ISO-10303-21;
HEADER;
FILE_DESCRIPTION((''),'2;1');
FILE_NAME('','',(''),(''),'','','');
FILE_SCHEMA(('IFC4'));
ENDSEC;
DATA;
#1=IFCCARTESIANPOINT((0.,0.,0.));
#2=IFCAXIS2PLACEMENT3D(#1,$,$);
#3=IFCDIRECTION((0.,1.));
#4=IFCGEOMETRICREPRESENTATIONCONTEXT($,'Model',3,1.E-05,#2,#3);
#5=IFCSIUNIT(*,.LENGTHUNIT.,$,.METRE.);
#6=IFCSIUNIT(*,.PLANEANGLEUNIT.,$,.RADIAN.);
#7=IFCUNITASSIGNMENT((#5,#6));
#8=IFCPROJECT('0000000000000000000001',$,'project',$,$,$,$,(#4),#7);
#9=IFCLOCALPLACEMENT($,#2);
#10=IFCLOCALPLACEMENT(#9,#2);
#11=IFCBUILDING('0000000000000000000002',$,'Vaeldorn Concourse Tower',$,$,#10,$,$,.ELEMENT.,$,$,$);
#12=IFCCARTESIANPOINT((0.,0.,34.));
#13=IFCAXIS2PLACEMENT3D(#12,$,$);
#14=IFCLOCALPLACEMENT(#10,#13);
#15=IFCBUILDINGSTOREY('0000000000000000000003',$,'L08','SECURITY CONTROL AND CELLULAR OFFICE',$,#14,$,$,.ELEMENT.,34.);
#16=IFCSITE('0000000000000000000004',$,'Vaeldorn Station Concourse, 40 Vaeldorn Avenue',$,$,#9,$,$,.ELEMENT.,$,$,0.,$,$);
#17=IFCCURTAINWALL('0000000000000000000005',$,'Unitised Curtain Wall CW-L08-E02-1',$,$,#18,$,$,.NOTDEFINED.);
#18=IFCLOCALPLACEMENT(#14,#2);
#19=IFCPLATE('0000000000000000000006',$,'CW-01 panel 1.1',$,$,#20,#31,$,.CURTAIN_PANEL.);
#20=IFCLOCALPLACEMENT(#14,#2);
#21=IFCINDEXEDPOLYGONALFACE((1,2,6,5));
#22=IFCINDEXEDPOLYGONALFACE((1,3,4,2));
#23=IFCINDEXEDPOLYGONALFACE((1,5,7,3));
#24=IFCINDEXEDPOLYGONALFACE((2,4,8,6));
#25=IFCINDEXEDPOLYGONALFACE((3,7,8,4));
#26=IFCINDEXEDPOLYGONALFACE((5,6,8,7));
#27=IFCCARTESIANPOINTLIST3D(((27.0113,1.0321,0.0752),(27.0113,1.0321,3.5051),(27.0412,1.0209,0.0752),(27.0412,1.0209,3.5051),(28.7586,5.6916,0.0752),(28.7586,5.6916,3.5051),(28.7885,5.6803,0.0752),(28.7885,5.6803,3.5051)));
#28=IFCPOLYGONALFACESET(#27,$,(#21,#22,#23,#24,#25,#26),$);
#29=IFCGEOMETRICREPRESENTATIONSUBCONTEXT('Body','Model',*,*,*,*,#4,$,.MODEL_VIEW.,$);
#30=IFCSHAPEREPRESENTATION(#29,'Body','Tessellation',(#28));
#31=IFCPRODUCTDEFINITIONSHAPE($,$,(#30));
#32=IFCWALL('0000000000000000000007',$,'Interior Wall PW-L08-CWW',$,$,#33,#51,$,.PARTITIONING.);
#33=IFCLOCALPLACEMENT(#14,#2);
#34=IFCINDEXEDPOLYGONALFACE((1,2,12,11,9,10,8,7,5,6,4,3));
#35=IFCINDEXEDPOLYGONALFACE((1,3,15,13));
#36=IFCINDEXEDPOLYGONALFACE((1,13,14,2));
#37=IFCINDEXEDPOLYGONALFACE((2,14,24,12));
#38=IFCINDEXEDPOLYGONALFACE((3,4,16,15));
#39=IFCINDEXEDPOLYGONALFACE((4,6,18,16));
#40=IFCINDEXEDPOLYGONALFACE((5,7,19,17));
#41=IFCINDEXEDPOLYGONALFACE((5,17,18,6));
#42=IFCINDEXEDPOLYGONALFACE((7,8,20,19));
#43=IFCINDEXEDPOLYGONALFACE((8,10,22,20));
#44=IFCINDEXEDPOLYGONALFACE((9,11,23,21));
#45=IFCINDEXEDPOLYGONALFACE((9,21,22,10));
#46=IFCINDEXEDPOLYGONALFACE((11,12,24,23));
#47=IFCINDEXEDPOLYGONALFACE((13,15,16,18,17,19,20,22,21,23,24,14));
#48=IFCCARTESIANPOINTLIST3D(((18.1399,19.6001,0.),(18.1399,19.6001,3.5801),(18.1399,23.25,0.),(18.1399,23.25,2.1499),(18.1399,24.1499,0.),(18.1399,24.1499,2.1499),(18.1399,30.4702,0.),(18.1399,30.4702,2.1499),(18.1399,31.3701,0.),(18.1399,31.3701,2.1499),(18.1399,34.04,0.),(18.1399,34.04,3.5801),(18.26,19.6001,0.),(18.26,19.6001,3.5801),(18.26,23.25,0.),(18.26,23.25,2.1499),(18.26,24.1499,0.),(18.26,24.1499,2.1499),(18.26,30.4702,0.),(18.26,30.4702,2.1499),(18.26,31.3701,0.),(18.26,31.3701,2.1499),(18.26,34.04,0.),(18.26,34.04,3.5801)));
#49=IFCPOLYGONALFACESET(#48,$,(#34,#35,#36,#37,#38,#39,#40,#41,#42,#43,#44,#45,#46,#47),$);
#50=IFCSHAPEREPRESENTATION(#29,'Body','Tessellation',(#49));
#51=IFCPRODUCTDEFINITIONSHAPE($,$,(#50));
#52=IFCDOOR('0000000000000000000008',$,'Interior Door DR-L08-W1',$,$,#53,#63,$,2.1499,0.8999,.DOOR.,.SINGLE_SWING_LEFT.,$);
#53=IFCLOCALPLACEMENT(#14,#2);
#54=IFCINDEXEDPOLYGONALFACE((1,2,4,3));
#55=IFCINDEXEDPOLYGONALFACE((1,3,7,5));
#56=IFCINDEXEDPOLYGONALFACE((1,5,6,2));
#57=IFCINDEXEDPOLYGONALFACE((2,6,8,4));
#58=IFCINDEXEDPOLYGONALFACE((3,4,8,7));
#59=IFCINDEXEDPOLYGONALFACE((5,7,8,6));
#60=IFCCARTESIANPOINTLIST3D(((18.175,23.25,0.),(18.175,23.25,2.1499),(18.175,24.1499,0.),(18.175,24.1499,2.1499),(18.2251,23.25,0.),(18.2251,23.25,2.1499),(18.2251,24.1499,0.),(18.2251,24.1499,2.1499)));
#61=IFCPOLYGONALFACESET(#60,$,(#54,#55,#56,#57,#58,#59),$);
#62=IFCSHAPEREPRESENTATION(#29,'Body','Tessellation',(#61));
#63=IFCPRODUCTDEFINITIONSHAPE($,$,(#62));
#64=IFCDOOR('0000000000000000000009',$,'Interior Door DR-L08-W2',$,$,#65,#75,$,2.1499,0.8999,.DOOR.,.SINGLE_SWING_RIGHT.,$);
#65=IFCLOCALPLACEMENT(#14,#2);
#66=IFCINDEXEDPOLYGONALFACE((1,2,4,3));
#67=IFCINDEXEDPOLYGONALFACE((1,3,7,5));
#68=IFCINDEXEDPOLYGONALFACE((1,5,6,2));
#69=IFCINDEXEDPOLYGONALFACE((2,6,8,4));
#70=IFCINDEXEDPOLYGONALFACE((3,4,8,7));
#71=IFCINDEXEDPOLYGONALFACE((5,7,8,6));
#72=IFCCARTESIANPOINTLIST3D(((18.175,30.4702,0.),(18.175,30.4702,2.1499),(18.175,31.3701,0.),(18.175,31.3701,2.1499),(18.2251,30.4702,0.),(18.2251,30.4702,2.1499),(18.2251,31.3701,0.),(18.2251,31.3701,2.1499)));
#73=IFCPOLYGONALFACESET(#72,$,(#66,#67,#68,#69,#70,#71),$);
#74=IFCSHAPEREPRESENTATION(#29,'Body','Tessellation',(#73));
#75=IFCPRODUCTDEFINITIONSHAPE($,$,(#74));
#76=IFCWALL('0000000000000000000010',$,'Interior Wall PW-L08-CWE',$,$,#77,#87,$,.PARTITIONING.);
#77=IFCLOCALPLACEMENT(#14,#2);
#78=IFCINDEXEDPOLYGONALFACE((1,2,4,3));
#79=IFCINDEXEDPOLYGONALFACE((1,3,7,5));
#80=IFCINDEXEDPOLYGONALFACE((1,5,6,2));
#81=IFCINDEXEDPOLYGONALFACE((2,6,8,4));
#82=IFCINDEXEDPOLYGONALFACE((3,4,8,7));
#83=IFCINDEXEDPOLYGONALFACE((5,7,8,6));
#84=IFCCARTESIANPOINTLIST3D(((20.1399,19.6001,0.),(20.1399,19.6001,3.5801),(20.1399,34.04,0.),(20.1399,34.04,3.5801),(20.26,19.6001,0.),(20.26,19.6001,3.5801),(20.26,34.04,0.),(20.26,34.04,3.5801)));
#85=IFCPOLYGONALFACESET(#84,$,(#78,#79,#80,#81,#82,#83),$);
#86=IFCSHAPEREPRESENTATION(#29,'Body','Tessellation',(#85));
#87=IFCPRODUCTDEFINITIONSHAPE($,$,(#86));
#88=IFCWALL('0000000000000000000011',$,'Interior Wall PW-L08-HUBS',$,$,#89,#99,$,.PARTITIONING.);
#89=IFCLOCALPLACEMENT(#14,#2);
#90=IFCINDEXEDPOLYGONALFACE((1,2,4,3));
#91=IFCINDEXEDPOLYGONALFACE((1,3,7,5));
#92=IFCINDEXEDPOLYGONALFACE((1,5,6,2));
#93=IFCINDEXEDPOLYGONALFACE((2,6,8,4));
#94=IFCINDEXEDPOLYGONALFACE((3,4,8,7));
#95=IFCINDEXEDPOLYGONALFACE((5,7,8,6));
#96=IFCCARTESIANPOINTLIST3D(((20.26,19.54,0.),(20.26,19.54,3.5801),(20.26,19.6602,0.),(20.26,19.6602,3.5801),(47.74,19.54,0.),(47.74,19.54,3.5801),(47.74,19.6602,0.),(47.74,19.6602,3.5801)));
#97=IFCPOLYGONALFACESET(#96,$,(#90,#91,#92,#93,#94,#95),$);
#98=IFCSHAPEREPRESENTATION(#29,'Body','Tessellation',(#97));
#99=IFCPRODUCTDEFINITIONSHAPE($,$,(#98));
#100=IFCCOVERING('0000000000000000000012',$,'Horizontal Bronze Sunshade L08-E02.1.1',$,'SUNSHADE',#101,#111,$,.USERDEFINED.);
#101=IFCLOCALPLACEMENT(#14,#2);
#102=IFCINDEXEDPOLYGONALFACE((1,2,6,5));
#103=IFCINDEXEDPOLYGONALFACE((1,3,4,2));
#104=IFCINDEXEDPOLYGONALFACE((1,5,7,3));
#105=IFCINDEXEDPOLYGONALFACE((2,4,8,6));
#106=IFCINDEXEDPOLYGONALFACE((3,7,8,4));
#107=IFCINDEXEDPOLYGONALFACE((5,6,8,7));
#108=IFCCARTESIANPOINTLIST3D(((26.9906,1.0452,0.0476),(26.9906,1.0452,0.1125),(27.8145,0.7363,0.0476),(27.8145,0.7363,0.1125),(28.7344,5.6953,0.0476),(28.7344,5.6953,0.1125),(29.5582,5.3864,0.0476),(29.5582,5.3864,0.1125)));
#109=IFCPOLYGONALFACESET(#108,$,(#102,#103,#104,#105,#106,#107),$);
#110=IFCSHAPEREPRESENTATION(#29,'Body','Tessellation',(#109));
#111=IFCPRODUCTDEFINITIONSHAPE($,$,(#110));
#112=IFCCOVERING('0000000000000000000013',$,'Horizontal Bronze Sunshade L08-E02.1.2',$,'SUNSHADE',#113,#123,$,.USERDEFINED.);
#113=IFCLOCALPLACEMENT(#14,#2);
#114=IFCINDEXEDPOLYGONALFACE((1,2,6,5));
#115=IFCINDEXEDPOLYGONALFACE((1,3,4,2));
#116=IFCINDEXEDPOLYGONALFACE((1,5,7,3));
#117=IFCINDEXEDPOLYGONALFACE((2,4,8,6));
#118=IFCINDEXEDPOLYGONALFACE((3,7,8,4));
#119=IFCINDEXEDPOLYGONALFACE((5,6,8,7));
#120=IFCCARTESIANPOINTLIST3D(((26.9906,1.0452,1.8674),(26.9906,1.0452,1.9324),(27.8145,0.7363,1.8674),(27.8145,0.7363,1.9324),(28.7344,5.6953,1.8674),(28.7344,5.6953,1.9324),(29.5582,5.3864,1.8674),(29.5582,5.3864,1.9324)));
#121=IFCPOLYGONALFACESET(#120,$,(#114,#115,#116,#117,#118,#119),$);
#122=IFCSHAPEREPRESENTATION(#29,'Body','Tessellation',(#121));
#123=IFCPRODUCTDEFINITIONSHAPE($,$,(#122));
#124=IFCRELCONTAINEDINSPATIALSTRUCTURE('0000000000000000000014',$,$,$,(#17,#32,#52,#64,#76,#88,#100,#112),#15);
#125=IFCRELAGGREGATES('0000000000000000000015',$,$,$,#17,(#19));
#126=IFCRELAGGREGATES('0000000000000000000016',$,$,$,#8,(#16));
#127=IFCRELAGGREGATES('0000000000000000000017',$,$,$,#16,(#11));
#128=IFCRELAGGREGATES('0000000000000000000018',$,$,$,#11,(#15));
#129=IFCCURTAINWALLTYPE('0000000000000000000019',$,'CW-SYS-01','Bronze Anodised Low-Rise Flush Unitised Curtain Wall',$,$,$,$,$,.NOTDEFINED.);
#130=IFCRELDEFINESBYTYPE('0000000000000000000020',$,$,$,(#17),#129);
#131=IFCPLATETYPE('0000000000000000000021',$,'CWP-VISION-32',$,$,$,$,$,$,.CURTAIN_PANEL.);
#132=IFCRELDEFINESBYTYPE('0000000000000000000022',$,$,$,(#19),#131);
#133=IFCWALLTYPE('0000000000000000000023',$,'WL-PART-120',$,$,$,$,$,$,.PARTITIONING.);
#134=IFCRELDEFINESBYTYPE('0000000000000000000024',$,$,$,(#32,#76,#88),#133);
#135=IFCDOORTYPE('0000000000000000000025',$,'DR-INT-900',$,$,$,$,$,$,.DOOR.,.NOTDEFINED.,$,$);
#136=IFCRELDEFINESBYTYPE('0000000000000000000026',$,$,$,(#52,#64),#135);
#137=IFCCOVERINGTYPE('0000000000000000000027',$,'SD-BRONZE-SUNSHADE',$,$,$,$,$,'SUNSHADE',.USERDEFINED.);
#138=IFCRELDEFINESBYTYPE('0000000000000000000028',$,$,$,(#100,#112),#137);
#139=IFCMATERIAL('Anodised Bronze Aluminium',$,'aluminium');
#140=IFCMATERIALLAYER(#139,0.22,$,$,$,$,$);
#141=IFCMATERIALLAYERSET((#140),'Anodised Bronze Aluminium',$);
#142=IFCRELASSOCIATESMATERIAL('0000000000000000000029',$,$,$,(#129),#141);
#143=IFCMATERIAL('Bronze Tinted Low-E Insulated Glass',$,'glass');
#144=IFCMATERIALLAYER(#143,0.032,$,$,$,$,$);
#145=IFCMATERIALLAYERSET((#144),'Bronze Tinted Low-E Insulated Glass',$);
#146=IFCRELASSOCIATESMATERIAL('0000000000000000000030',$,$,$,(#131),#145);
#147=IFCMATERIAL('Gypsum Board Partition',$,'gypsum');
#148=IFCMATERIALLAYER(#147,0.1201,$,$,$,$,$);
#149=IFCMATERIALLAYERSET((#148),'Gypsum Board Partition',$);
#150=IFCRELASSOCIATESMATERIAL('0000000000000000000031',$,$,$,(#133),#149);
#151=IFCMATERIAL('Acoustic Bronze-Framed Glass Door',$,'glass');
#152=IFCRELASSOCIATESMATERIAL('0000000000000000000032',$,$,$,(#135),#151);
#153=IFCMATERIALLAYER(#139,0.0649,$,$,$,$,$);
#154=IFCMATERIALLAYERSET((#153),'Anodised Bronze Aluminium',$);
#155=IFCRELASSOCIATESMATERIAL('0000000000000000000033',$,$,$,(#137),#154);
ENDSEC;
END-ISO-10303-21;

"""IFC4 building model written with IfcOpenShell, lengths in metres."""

from ifc_helpers import new_model, si_unit, direction, frame, frame_2d, origin, origin_2d, place, context, subcontext, project, spatial, rectangle, extrude, source, transform, mapped, material, layer, layer_set, type_object, element, fill, aggregate, save


model = new_model("IFC4")

# Units and contexts
model_context = context("Model", 3, precision=1e-05, world=origin(), true_north=direction((0.0, 1.0)))
body_context = subcontext(model_context, "Body", "Model", "MODEL_VIEW")
ifc_project = project(units=[si_unit("LENGTHUNIT", "METRE"), si_unit("PLANEANGLEUNIT", "RADIAN")], contexts=[model_context])

# Site, building, storey
site_placement = place(None, origin())
site = spatial("IfcSite", under=ifc_project, at=site_placement, Name="Vaeldorn Station Concourse, 40 Vaeldorn Avenue", CompositionType="ELEMENT", RefElevation=0.0)
building_placement = place(site_placement, origin())
building = spatial("IfcBuilding", under=site, at=building_placement, Name="Vaeldorn Concourse Tower", CompositionType="ELEMENT")
storey_placement = place(building_placement, frame((0.0, 0.0, 34.0)))
storey = spatial("IfcBuildingStorey", under=building, at=storey_placement, Name="L08", Description="SECURITY CONTROL AND CELLULAR OFFICE", CompositionType="ELEMENT", Elevation=34.0)

# Shared definitions
ifc_material_1 = material(Name="Anodised Bronze Aluminium", Category="aluminium")
ifc_layer_1 = layer(ifc_material_1, 0.22)
ifc_layer_set_1 = layer_set([ifc_layer_1], Name="Anodised Bronze Aluminium")
curtain_wall_type = type_object("IfcCurtainWallType", Name="CW-SYS-01", Description="Bronze Anodised Low-Rise Flush Unitised Curtain Wall", PredefinedType="NOTDEFINED", material=ifc_layer_set_1)

# Curtain wall
curtain_wall_1_placement = place(storey_placement, origin())
curtain_wall_1 = element("IfcCurtainWall", 1, at=curtain_wall_1_placement, inside=storey, type_object=curtain_wall_type, Name="Unitised Curtain Wall CW-L08-E02-1", PredefinedType="NOTDEFINED")

# Plate
ifc_material_2 = material(Name="Bronze Tinted Low-E Insulated Glass", Category="glass")
ifc_layer_2 = layer(ifc_material_2, 0.032)
ifc_layer_set_2 = layer_set([ifc_layer_2], Name="Bronze Tinted Low-E Insulated Glass")
plate_type = type_object("IfcPlateType", Name="CWP-VISION-32", PredefinedType="CURTAIN_PANEL", material=ifc_layer_set_2)
shared_shape_1 = source(origin(), body_context, "Body", "SweptSolid", [
    extrude(rectangle(XDim=4.9763, YDim=0.032, at=origin_2d()), origin(), (0.0, 0.0, 1.0), 3.4299),
])
plate_placement = place(storey_placement, frame((27.8999, 3.3562, 0.0752), z_axis=(0.0, 0.0, 1.0), x_axis=(0.351123, 0.936329, 0.0)))
plate = element("IfcPlate", 2, at=plate_placement, type_object=plate_type, Name="CW-01 panel 1.1", PredefinedType="CURTAIN_PANEL", context=body_context, shape_type="MappedRepresentation", body=[
    mapped(shared_shape_1, transform((0.0, 0.0, 0.0), scale=1.0)),
])
aggregate(curtain_wall_1, [plate])

# Wall, openings, doors
ifc_material_3 = material(Name="Gypsum Board Partition", Category="gypsum")
ifc_layer_3 = layer(ifc_material_3, 0.1201)
ifc_layer_set_3 = layer_set([ifc_layer_3], Name="Gypsum Board Partition")
wall_type = type_object("IfcWallType", Name="WL-PART-120", PredefinedType="PARTITIONING", material=ifc_layer_set_3)
wall_1_placement = place(storey_placement, frame((18.2, 19.6001, 0.0), z_axis=(0.0, 0.0, 1.0), x_axis=(0.0, 1.0, 0.0)))
wall_1 = element("IfcWall", 3, at=wall_1_placement, inside=storey, type_object=wall_type, Name="Interior Wall PW-L08-CWW", PredefinedType="PARTITIONING", context=body_context, shape_type="SweptSolid", body=[
    extrude(rectangle(XDim=14.4399, YDim=0.1201, at=frame_2d((7.22, 0.0))), origin(), (0.0, 0.0, 1.0), 3.5801),
])
opening_1_placement = place(wall_1_placement, frame((3.6499, 0.0, 0.0)))
opening_1 = element("IfcOpeningElement", 4, at=opening_1_placement, cuts=wall_1, PredefinedType="OPENING", context=body_context, shape_type="SweptSolid", body=[
    extrude(rectangle(XDim=0.8999, YDim=2.1499, at=frame_2d((0.45, 1.075))), frame((0.0, 0.0701, 0.0), z_axis=(0.0, -1.0, 0.0), x_axis=(1.0, 0.0, 0.0)), (0.0, 0.0, 1.0), 0.1401),
])
opening_2_placement = place(wall_1_placement, frame((10.8701, 0.0, 0.0)))
opening_2 = element("IfcOpeningElement", 5, at=opening_2_placement, cuts=wall_1, PredefinedType="OPENING", context=body_context, shape_type="SweptSolid", body=[
    extrude(rectangle(XDim=0.8999, YDim=2.1499, at=frame_2d((0.45, 1.075))), frame((0.0, 0.0701, 0.0), z_axis=(0.0, -1.0, 0.0), x_axis=(1.0, 0.0, 0.0)), (0.0, 0.0, 1.0), 0.1401),
])
ifc_material_4 = material(Name="Acoustic Bronze-Framed Glass Door", Category="glass")
door_type = type_object("IfcDoorType", Name="DR-INT-900", OperationType="NOTDEFINED", PredefinedType="DOOR", material=ifc_material_4)
shared_shape_2 = source(origin(), body_context, "Body", "SweptSolid", [
    extrude(rectangle(XDim=0.8999, YDim=2.1499, at=frame_2d((0.45, 1.075))), frame((0.0, 0.0249, 0.0), z_axis=(0.0, -1.0, 0.0), x_axis=(1.0, 0.0, 0.0)), (0.0, 0.0, 1.0), 0.05),
])
door_1_placement = place(opening_1_placement, origin())
door_1 = element("IfcDoor", 6, at=door_1_placement, inside=storey, type_object=door_type, Name="Interior Door DR-L08-W1", OperationType="SINGLE_SWING_LEFT", OverallHeight=2.1499, OverallWidth=0.8999, PredefinedType="DOOR", context=body_context, shape_type="MappedRepresentation", body=[
    mapped(shared_shape_2, transform((0.0, 0.0, 0.0), scale=1.0)),
])
fill(opening_1, door_1)
door_2_placement = place(opening_2_placement, origin())
door_2 = element("IfcDoor", 7, at=door_2_placement, inside=storey, type_object=door_type, Name="Interior Door DR-L08-W2", OperationType="SINGLE_SWING_RIGHT", OverallHeight=2.1499, OverallWidth=0.8999, PredefinedType="DOOR", context=body_context, shape_type="MappedRepresentation", body=[
    mapped(shared_shape_2, transform((0.0, 0.0, 0.0), scale=1.0)),
])
fill(opening_2, door_2)

# Wall
wall_2_placement = place(storey_placement, frame((20.2, 19.6001, 0.0), z_axis=(0.0, 0.0, 1.0), x_axis=(0.0, 1.0, 0.0)))
element("IfcWall", 8, at=wall_2_placement, inside=storey, type_object=wall_type, Name="Interior Wall PW-L08-CWE", PredefinedType="PARTITIONING", context=body_context, shape_type="SweptSolid", body=[
    extrude(rectangle(XDim=14.4399, YDim=0.1201, at=frame_2d((7.22, 0.0))), origin(), (0.0, 0.0, 1.0), 3.5801),
])

# Wall
wall_3_placement = place(storey_placement, frame((20.26, 19.6001, 0.0), z_axis=(0.0, 0.0, 1.0), x_axis=(1.0, 0.0, 0.0)))
element("IfcWall", 9, at=wall_3_placement, inside=storey, type_object=wall_type, Name="Interior Wall PW-L08-HUBS", PredefinedType="PARTITIONING", context=body_context, shape_type="SweptSolid", body=[
    extrude(rectangle(XDim=27.48, YDim=0.1201, at=frame_2d((13.74, 0.0))), origin(), (0.0, 0.0, 1.0), 3.5801),
])

# Coverings
ifc_layer_4 = layer(ifc_material_1, 0.0649)
ifc_layer_set_4 = layer_set([ifc_layer_4], Name="Anodised Bronze Aluminium")
covering_type = type_object("IfcCoveringType", Name="SD-BRONZE-SUNSHADE", ElementType="SUNSHADE", PredefinedType="USERDEFINED", material=ifc_layer_set_4)
shared_shape_3 = source(origin(), body_context, "Body", "SweptSolid", [
    extrude(rectangle(XDim=4.9663, YDim=0.8799, at=origin_2d()), origin(), (0.0, 0.0, 1.0), 0.0649),
])
for number, where, z_axis, x_axis, name in (
    (10, (28.2744, 3.2158, 0.0476), (0.0, 0.0, 1.0), (0.351123, 0.936329, 0.0), "Horizontal Bronze Sunshade L08-E02.1.1"),
    (11, (28.2744, 3.2158, 1.8674), (0.0, 0.0, 1.0), (0.351123, 0.936329, 0.0), "Horizontal Bronze Sunshade L08-E02.1.2"),
):
    element("IfcCovering", number, at=place(storey_placement, frame(where, z_axis=z_axis, x_axis=x_axis)), inside=storey, type_object=covering_type, Name=name, ObjectType="SUNSHADE", PredefinedType="USERDEFINED", context=body_context, shape_type="MappedRepresentation", body=[
        mapped(shared_shape_3, transform((0.0, 0.0, 0.0), scale=1.0)),
    ])

save(model, "model.ifc")
